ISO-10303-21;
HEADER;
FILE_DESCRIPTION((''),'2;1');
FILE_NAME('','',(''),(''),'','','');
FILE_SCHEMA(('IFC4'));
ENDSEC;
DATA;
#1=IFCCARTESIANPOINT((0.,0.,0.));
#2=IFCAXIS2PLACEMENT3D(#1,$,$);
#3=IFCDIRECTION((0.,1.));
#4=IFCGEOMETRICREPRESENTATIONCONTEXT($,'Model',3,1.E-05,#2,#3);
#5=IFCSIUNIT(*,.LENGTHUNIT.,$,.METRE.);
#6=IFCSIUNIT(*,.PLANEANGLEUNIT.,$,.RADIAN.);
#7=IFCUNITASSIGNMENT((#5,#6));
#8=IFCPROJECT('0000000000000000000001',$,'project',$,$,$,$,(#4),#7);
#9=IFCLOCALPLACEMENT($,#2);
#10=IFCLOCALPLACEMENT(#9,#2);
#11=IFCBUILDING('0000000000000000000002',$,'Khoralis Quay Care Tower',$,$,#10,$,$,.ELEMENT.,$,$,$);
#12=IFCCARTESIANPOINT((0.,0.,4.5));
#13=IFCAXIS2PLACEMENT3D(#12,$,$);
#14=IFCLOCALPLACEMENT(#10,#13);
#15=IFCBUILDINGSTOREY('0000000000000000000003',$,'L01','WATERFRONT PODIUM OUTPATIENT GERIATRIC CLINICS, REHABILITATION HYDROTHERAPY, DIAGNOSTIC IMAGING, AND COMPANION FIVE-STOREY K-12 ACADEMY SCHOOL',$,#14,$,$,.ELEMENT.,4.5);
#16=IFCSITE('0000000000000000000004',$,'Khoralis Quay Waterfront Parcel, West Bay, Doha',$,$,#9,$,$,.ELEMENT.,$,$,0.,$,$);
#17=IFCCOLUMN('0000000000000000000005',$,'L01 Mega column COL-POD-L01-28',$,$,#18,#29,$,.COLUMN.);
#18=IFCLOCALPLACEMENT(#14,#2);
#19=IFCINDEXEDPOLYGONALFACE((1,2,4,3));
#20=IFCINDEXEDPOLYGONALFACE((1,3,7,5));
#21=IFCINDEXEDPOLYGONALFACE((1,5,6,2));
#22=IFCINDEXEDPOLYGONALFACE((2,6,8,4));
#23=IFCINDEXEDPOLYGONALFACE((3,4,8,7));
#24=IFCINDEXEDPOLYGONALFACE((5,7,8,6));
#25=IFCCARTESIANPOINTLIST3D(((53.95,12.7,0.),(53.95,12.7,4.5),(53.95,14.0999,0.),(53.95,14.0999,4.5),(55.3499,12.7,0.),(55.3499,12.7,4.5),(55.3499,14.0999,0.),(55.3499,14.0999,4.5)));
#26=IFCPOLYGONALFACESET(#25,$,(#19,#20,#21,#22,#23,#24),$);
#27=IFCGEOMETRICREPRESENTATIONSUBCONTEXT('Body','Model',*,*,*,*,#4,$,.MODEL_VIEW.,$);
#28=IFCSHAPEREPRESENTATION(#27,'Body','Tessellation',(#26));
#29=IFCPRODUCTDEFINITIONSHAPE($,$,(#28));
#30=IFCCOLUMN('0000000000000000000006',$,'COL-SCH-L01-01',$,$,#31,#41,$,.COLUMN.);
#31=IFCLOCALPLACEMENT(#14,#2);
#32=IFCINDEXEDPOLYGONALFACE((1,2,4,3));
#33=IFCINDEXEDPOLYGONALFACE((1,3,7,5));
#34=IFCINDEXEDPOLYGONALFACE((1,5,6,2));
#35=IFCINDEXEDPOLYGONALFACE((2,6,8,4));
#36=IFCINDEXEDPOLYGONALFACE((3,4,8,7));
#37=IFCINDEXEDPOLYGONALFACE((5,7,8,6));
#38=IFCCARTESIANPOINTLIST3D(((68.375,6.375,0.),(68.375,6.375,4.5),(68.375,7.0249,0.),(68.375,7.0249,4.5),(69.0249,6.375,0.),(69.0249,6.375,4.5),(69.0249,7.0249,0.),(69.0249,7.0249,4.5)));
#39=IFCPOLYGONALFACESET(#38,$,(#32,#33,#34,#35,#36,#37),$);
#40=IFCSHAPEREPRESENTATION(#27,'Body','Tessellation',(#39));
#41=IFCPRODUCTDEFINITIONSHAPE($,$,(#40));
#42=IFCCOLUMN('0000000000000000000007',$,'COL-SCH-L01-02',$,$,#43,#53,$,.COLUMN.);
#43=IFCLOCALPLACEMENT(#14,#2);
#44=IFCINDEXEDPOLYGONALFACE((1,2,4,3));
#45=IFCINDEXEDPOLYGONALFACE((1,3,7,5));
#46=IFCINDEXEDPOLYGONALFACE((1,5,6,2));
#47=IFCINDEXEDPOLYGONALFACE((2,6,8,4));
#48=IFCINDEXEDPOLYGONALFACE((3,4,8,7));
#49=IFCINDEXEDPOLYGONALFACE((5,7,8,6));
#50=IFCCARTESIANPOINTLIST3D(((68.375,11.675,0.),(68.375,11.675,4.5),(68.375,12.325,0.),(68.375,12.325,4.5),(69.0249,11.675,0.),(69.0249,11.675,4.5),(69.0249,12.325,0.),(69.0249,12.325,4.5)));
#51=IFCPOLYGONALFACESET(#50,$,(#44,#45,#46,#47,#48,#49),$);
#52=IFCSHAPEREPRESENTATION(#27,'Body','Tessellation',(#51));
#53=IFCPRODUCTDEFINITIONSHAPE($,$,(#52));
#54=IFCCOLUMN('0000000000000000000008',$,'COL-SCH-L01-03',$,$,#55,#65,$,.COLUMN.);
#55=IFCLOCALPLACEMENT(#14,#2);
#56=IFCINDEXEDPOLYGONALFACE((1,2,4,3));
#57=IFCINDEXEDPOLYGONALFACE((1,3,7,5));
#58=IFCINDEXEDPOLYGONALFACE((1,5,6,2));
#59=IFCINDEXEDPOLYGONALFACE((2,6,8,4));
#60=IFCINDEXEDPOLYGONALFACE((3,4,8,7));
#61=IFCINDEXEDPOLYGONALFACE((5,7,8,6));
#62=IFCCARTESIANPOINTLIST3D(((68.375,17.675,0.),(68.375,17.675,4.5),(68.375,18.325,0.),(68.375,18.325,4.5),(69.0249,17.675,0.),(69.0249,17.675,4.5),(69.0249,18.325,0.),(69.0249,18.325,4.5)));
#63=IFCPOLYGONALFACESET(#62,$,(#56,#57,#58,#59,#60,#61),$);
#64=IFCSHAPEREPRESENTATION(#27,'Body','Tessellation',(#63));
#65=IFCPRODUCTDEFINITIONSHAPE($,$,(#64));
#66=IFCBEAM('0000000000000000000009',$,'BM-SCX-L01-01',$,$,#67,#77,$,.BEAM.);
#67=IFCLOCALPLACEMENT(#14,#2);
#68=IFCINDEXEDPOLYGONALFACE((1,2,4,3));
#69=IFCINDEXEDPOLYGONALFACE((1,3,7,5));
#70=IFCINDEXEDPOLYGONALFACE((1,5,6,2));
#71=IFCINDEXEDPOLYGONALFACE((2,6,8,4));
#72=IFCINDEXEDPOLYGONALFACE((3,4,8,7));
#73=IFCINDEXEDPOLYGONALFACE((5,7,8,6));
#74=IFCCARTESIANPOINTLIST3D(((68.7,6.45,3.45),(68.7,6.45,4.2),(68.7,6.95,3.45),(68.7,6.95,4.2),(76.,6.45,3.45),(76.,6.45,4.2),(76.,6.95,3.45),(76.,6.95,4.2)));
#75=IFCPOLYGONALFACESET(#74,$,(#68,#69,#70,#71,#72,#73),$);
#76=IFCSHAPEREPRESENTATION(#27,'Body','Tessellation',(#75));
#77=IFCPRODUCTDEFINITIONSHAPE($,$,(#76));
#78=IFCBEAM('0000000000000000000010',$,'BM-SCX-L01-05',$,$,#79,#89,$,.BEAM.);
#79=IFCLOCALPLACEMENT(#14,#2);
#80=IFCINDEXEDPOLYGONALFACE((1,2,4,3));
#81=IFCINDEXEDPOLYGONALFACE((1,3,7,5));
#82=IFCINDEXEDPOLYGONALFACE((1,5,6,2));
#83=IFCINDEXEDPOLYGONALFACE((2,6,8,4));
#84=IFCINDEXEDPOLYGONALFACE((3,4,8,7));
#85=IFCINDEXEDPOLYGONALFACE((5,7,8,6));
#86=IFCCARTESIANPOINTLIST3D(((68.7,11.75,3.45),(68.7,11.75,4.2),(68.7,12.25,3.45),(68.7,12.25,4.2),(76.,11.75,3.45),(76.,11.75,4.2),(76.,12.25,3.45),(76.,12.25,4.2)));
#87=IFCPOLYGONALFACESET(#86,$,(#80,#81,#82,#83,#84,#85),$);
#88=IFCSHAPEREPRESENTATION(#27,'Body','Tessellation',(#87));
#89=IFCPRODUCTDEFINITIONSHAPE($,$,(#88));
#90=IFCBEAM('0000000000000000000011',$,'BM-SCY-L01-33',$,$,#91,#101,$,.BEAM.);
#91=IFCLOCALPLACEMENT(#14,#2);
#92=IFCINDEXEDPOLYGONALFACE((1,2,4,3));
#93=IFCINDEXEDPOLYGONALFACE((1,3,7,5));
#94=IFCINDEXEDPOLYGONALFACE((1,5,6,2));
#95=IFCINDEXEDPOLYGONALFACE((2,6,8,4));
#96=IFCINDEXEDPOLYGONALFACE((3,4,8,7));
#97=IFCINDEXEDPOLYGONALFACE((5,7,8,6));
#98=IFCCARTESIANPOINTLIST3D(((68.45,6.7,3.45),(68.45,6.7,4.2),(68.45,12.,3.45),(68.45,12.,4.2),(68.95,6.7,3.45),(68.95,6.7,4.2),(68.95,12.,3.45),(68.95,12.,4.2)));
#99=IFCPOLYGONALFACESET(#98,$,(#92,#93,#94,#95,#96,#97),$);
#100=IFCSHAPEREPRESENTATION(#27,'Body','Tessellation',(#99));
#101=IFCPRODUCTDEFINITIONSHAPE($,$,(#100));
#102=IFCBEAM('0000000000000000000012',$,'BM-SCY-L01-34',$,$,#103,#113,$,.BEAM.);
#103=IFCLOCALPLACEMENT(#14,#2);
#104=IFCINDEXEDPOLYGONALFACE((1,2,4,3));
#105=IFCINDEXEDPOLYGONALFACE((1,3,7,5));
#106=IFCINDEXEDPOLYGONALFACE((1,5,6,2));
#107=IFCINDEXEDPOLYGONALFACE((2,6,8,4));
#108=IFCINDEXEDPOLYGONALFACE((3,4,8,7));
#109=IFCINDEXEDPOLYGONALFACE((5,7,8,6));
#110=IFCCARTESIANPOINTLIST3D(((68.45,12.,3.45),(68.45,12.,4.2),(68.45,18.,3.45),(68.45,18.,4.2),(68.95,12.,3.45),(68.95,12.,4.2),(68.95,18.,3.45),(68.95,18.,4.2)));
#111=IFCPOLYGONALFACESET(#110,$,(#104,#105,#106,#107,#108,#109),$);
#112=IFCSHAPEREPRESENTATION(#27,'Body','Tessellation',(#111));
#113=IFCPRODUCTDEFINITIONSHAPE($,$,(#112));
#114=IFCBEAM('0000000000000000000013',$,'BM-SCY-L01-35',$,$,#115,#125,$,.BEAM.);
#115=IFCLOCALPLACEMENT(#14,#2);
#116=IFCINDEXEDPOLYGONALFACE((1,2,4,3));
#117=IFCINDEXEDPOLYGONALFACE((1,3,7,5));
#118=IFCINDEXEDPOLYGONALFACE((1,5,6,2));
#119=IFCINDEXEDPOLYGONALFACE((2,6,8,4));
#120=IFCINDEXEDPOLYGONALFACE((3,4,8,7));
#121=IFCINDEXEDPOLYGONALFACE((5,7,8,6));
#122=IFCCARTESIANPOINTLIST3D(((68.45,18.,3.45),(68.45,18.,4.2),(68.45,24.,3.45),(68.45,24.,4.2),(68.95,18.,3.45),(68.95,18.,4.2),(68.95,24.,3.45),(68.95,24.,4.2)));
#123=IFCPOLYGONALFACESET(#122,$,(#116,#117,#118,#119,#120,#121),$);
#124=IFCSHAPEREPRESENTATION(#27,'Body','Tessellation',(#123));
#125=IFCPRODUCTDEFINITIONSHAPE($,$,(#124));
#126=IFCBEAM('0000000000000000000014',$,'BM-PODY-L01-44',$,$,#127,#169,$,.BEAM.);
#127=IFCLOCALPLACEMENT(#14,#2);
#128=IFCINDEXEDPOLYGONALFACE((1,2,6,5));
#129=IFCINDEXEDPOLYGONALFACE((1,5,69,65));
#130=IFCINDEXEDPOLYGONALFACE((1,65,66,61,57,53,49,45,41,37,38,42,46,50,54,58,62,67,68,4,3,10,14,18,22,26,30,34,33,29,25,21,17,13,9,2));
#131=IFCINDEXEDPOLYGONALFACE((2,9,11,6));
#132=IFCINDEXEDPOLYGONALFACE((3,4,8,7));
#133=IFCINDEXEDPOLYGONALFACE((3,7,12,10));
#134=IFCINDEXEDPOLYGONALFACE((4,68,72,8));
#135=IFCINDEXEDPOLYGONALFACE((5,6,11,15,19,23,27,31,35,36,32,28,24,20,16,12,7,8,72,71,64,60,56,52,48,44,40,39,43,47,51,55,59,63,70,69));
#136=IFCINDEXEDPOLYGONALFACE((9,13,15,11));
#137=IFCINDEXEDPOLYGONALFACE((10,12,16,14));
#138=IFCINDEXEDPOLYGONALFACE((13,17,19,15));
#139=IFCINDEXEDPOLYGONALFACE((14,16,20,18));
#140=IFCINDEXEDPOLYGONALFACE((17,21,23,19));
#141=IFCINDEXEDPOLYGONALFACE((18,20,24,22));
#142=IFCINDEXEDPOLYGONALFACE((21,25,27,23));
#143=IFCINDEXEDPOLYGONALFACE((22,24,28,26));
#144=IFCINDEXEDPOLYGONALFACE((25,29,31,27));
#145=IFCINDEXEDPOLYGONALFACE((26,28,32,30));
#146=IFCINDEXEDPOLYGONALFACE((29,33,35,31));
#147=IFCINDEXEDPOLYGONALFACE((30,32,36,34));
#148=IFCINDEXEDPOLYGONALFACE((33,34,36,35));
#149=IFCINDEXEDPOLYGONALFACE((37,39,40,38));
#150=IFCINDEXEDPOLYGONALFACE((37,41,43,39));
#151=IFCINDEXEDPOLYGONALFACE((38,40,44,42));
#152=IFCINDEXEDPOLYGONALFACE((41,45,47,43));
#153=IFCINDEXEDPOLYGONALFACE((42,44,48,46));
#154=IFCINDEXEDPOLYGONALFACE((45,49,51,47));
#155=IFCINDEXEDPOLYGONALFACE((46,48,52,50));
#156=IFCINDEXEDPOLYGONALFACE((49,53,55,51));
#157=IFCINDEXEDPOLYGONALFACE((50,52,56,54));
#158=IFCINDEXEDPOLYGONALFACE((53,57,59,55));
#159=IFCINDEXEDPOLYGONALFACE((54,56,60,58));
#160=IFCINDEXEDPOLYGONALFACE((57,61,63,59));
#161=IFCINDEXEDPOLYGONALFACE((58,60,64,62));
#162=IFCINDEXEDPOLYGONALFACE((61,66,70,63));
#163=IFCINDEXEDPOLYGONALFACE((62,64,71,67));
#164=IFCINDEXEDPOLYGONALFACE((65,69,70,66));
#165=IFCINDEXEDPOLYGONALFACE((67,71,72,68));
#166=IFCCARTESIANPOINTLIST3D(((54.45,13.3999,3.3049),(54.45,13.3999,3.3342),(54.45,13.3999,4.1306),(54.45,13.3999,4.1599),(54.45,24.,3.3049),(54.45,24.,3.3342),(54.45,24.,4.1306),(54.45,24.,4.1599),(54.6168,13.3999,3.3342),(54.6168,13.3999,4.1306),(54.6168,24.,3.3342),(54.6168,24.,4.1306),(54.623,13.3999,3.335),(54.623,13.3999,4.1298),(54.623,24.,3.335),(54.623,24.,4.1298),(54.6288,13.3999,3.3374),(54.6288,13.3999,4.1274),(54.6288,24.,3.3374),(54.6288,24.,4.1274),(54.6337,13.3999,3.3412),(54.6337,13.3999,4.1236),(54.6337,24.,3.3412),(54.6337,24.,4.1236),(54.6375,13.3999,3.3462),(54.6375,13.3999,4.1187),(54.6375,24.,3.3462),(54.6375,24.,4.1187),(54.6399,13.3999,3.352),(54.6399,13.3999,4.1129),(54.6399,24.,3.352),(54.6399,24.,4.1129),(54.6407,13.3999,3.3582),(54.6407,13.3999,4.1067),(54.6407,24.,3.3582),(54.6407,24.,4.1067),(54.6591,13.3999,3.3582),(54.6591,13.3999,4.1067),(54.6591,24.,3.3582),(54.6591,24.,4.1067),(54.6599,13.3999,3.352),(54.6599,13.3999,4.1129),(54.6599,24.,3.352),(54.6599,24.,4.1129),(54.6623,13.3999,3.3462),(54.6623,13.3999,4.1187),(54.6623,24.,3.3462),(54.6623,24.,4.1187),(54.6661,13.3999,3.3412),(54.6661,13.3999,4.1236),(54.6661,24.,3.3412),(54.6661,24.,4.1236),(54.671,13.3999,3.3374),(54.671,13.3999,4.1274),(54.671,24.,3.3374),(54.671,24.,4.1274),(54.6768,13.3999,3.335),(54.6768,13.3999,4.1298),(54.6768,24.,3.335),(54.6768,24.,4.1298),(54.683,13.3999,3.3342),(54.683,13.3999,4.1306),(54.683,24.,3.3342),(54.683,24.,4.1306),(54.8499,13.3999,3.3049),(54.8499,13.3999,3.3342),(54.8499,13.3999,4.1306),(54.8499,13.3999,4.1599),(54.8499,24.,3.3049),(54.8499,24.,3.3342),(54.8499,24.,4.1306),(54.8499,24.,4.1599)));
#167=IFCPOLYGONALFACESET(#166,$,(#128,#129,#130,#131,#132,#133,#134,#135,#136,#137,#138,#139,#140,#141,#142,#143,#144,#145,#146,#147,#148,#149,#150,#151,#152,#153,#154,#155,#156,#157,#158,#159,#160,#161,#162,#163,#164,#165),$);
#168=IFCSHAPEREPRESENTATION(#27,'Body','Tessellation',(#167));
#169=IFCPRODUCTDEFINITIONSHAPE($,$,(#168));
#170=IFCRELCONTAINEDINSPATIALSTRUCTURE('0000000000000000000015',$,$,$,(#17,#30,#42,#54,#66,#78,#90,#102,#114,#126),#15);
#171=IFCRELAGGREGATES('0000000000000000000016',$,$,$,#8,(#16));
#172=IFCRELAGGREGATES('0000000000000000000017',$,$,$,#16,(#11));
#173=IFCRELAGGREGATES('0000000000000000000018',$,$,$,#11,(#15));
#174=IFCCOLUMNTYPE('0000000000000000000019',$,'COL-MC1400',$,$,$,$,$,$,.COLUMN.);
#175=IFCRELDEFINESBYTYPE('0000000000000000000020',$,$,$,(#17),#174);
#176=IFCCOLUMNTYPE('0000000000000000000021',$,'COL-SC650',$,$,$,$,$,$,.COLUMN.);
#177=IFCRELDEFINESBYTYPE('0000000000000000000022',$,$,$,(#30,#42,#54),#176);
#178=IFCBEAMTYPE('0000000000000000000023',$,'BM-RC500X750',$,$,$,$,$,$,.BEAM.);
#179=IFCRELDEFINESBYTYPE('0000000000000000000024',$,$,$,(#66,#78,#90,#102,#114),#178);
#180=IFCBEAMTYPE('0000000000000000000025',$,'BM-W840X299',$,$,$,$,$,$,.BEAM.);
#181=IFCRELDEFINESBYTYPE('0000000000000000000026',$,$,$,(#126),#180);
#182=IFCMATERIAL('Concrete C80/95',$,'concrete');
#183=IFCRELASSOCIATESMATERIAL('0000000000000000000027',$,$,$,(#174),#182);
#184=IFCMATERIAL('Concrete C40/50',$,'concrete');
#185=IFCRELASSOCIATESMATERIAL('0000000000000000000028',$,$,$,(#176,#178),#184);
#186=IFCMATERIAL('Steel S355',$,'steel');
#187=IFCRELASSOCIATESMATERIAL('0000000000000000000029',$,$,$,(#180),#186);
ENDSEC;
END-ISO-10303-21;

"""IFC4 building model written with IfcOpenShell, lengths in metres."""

from ifc_helpers import new_model, si_unit, direction, frame, origin, origin_2d, place, context, subcontext, project, spatial, rectangle, i_section, extrude, source, transform, mapped, material, material_profile, profile_set, type_object, element, save


model = new_model("IFC4")

# Units and contexts
model_context = context("Model", 3, precision=1e-05, world=origin(), true_north=direction((0.0, 1.0)))
body_context = subcontext(model_context, "Body", "Model", "MODEL_VIEW")
ifc_project = project(units=[si_unit("LENGTHUNIT", "METRE"), si_unit("PLANEANGLEUNIT", "RADIAN")], contexts=[model_context])

# Site, building, storey
site_placement = place(None, origin())
site = spatial("IfcSite", under=ifc_project, at=site_placement, Name="Khoralis Quay Waterfront Parcel, West Bay, Doha", CompositionType="ELEMENT", RefElevation=0.0)
building_placement = place(site_placement, origin())
building = spatial("IfcBuilding", under=site, at=building_placement, Name="Khoralis Quay Care Tower", CompositionType="ELEMENT")
storey_placement = place(building_placement, frame((0.0, 0.0, 4.5)))
storey = spatial("IfcBuildingStorey", under=building, at=storey_placement, Name="L01", Description="WATERFRONT PODIUM OUTPATIENT GERIATRIC CLINICS, REHABILITATION HYDROTHERAPY, DIAGNOSTIC IMAGING, AND COMPANION FIVE-STOREY K-12 ACADEMY SCHOOL", CompositionType="ELEMENT", Elevation=4.5)

# Columns
ifc_material_1 = material(Name="Concrete C80/95", Category="concrete")
ifc_material_profile_1 = material_profile(ifc_material_1, rectangle(XDim=1.3999, YDim=1.3999, at=origin_2d()), Name="Concrete C80/95")
ifc_profile_set_1 = profile_set([ifc_material_profile_1], Name="Concrete C80/95")
column_type_1 = type_object("IfcColumnType", Name="COL-MC1400", PredefinedType="COLUMN", material=ifc_profile_set_1)
shared_shape_1 = source(origin(), body_context, "Body", "SweptSolid", [
    extrude(rectangle(XDim=1.3999, YDim=1.3999, at=origin_2d()), origin(), (0.0, 0.0, 1.0), 4.5),
])
column_placement = place(storey_placement, frame((54.6499, 13.3999, 0.0), z_axis=(0.0, 0.0, 1.0), x_axis=(1.0, 0.0, 0.0)))
element("IfcColumn", 1, at=column_placement, inside=storey, type_object=column_type_1, Name="L01 Mega column COL-POD-L01-28", PredefinedType="COLUMN", context=body_context, shape_type="MappedRepresentation", body=[
    mapped(shared_shape_1, transform((0.0, 0.0, 0.0), scale=1.0)),
])
ifc_material_2 = material(Name="Concrete C40/50", Category="concrete")
ifc_material_profile_2 = material_profile(ifc_material_2, rectangle(XDim=0.6499, YDim=0.6499, at=origin_2d()), Name="Concrete C40/50")
ifc_profile_set_2 = profile_set([ifc_material_profile_2], Name="Concrete C40/50")
column_type_2 = type_object("IfcColumnType", Name="COL-SC650", PredefinedType="COLUMN", material=ifc_profile_set_2)
shared_shape_2 = source(origin(), body_context, "Body", "SweptSolid", [
    extrude(rectangle(XDim=0.6499, YDim=0.6499, at=origin_2d()), origin(), (0.0, 0.0, 1.0), 4.5),
])
for number, where, z_axis, x_axis, name in (
    (2, (68.7, 6.7, 0.0), (0.0, 0.0, 1.0), (1.0, 0.0, 0.0), "COL-SCH-L01-01"),
    (3, (68.7, 12.0, 0.0), (0.0, 0.0, 1.0), (1.0, 0.0, 0.0), "COL-SCH-L01-02"),
    (4, (68.7, 18.0, 0.0), (0.0, 0.0, 1.0), (1.0, 0.0, 0.0), "COL-SCH-L01-03"),
):
    element("IfcColumn", number, at=place(storey_placement, frame(where, z_axis=z_axis, x_axis=x_axis)), inside=storey, type_object=column_type_2, Name=name, PredefinedType="COLUMN", context=body_context, shape_type="MappedRepresentation", body=[
        mapped(shared_shape_2, transform((0.0, 0.0, 0.0), scale=1.0)),
    ])

# Beams
ifc_material_profile_3 = material_profile(ifc_material_2, rectangle(XDim=0.5, YDim=0.75, at=origin_2d()), Name="Concrete C40/50")
ifc_profile_set_3 = profile_set([ifc_material_profile_3], Name="Concrete C40/50")
beam_type_1 = type_object("IfcBeamType", Name="BM-RC500X750", PredefinedType="BEAM", material=ifc_profile_set_3)
shared_shape_3 = source(origin(), body_context, "Body", "SweptSolid", [
    extrude(rectangle(XDim=0.5, YDim=0.75, at=origin_2d()), origin(), (0.0, 0.0, 1.0), 7.3),
])
for number, where, z_axis, x_axis, name in (
    (5, (68.7, 6.7, 3.825), (1.0, 0.0, 0.0), (0.0, 1.0, 0.0), "BM-SCX-L01-01"),
    (6, (68.7, 12.0, 3.825), (1.0, 0.0, 0.0), (0.0, 1.0, 0.0), "BM-SCX-L01-05"),
):
    element("IfcBeam", number, at=place(storey_placement, frame(where, z_axis=z_axis, x_axis=x_axis)), inside=storey, type_object=beam_type_1, Name=name, PredefinedType="BEAM", context=body_context, shape_type="MappedRepresentation", body=[
        mapped(shared_shape_3, transform((0.0, 0.0, 0.0), scale=1.0)),
    ])
shared_shape_4 = source(origin(), body_context, "Body", "SweptSolid", [
    extrude(rectangle(XDim=0.5, YDim=0.75, at=origin_2d()), origin(), (0.0, 0.0, 1.0), 5.3),
])
beam_1_placement = place(storey_placement, frame((68.7, 6.7, 3.825), z_axis=(0.0, 1.0, 0.0), x_axis=(-1.0, 0.0, 0.0)))
element("IfcBeam", 7, at=beam_1_placement, inside=storey, type_object=beam_type_1, Name="BM-SCY-L01-33", PredefinedType="BEAM", context=body_context, shape_type="MappedRepresentation", body=[
    mapped(shared_shape_4, transform((0.0, 0.0, 0.0), scale=1.0)),
])
shared_shape_5 = source(origin(), body_context, "Body", "SweptSolid", [
    extrude(rectangle(XDim=0.5, YDim=0.75, at=origin_2d()), origin(), (0.0, 0.0, 1.0), 6.0),
])
for number, where, z_axis, x_axis, name in (
    (8, (68.7, 12.0, 3.825), (0.0, 1.0, 0.0), (-1.0, 0.0, 0.0), "BM-SCY-L01-34"),
    (9, (68.7, 18.0, 3.825), (0.0, 1.0, 0.0), (-1.0, 0.0, 0.0), "BM-SCY-L01-35"),
):
    element("IfcBeam", number, at=place(storey_placement, frame(where, z_axis=z_axis, x_axis=x_axis)), inside=storey, type_object=beam_type_1, Name=name, PredefinedType="BEAM", context=body_context, shape_type="MappedRepresentation", body=[
        mapped(shared_shape_5, transform((0.0, 0.0, 0.0), scale=1.0)),
    ])
ifc_material_3 = material(Name="Steel S355", Category="steel")
ifc_material_profile_4 = material_profile(ifc_material_3, i_section(OverallWidth=0.3999, OverallDepth=0.855, WebThickness=0.0183, FlangeThickness=0.0293, FilletRadius=0.0239, at=origin_2d()), Name="Steel S355")
ifc_profile_set_4 = profile_set([ifc_material_profile_4], Name="Steel S355")
beam_type_2 = type_object("IfcBeamType", Name="BM-W840X299", PredefinedType="BEAM", material=ifc_profile_set_4)
shared_shape_6 = source(origin(), body_context, "Body", "SweptSolid", [
    extrude(i_section(OverallWidth=0.3999, OverallDepth=0.855, WebThickness=0.0183, FlangeThickness=0.0293, FilletRadius=0.0239, at=origin_2d()), origin(), (0.0, 0.0, 1.0), 10.6001),
])
beam_2_placement = place(storey_placement, frame((54.6499, 13.3999, 3.7324), z_axis=(0.0, 1.0, 0.0), x_axis=(-1.0, 0.0, 0.0)))
element("IfcBeam", 10, at=beam_2_placement, inside=storey, type_object=beam_type_2, Name="BM-PODY-L01-44", PredefinedType="BEAM", context=body_context, shape_type="MappedRepresentation", body=[
    mapped(shared_shape_6, transform((0.0, 0.0, 0.0), scale=1.0)),
])

save(model, "model.ifc")
